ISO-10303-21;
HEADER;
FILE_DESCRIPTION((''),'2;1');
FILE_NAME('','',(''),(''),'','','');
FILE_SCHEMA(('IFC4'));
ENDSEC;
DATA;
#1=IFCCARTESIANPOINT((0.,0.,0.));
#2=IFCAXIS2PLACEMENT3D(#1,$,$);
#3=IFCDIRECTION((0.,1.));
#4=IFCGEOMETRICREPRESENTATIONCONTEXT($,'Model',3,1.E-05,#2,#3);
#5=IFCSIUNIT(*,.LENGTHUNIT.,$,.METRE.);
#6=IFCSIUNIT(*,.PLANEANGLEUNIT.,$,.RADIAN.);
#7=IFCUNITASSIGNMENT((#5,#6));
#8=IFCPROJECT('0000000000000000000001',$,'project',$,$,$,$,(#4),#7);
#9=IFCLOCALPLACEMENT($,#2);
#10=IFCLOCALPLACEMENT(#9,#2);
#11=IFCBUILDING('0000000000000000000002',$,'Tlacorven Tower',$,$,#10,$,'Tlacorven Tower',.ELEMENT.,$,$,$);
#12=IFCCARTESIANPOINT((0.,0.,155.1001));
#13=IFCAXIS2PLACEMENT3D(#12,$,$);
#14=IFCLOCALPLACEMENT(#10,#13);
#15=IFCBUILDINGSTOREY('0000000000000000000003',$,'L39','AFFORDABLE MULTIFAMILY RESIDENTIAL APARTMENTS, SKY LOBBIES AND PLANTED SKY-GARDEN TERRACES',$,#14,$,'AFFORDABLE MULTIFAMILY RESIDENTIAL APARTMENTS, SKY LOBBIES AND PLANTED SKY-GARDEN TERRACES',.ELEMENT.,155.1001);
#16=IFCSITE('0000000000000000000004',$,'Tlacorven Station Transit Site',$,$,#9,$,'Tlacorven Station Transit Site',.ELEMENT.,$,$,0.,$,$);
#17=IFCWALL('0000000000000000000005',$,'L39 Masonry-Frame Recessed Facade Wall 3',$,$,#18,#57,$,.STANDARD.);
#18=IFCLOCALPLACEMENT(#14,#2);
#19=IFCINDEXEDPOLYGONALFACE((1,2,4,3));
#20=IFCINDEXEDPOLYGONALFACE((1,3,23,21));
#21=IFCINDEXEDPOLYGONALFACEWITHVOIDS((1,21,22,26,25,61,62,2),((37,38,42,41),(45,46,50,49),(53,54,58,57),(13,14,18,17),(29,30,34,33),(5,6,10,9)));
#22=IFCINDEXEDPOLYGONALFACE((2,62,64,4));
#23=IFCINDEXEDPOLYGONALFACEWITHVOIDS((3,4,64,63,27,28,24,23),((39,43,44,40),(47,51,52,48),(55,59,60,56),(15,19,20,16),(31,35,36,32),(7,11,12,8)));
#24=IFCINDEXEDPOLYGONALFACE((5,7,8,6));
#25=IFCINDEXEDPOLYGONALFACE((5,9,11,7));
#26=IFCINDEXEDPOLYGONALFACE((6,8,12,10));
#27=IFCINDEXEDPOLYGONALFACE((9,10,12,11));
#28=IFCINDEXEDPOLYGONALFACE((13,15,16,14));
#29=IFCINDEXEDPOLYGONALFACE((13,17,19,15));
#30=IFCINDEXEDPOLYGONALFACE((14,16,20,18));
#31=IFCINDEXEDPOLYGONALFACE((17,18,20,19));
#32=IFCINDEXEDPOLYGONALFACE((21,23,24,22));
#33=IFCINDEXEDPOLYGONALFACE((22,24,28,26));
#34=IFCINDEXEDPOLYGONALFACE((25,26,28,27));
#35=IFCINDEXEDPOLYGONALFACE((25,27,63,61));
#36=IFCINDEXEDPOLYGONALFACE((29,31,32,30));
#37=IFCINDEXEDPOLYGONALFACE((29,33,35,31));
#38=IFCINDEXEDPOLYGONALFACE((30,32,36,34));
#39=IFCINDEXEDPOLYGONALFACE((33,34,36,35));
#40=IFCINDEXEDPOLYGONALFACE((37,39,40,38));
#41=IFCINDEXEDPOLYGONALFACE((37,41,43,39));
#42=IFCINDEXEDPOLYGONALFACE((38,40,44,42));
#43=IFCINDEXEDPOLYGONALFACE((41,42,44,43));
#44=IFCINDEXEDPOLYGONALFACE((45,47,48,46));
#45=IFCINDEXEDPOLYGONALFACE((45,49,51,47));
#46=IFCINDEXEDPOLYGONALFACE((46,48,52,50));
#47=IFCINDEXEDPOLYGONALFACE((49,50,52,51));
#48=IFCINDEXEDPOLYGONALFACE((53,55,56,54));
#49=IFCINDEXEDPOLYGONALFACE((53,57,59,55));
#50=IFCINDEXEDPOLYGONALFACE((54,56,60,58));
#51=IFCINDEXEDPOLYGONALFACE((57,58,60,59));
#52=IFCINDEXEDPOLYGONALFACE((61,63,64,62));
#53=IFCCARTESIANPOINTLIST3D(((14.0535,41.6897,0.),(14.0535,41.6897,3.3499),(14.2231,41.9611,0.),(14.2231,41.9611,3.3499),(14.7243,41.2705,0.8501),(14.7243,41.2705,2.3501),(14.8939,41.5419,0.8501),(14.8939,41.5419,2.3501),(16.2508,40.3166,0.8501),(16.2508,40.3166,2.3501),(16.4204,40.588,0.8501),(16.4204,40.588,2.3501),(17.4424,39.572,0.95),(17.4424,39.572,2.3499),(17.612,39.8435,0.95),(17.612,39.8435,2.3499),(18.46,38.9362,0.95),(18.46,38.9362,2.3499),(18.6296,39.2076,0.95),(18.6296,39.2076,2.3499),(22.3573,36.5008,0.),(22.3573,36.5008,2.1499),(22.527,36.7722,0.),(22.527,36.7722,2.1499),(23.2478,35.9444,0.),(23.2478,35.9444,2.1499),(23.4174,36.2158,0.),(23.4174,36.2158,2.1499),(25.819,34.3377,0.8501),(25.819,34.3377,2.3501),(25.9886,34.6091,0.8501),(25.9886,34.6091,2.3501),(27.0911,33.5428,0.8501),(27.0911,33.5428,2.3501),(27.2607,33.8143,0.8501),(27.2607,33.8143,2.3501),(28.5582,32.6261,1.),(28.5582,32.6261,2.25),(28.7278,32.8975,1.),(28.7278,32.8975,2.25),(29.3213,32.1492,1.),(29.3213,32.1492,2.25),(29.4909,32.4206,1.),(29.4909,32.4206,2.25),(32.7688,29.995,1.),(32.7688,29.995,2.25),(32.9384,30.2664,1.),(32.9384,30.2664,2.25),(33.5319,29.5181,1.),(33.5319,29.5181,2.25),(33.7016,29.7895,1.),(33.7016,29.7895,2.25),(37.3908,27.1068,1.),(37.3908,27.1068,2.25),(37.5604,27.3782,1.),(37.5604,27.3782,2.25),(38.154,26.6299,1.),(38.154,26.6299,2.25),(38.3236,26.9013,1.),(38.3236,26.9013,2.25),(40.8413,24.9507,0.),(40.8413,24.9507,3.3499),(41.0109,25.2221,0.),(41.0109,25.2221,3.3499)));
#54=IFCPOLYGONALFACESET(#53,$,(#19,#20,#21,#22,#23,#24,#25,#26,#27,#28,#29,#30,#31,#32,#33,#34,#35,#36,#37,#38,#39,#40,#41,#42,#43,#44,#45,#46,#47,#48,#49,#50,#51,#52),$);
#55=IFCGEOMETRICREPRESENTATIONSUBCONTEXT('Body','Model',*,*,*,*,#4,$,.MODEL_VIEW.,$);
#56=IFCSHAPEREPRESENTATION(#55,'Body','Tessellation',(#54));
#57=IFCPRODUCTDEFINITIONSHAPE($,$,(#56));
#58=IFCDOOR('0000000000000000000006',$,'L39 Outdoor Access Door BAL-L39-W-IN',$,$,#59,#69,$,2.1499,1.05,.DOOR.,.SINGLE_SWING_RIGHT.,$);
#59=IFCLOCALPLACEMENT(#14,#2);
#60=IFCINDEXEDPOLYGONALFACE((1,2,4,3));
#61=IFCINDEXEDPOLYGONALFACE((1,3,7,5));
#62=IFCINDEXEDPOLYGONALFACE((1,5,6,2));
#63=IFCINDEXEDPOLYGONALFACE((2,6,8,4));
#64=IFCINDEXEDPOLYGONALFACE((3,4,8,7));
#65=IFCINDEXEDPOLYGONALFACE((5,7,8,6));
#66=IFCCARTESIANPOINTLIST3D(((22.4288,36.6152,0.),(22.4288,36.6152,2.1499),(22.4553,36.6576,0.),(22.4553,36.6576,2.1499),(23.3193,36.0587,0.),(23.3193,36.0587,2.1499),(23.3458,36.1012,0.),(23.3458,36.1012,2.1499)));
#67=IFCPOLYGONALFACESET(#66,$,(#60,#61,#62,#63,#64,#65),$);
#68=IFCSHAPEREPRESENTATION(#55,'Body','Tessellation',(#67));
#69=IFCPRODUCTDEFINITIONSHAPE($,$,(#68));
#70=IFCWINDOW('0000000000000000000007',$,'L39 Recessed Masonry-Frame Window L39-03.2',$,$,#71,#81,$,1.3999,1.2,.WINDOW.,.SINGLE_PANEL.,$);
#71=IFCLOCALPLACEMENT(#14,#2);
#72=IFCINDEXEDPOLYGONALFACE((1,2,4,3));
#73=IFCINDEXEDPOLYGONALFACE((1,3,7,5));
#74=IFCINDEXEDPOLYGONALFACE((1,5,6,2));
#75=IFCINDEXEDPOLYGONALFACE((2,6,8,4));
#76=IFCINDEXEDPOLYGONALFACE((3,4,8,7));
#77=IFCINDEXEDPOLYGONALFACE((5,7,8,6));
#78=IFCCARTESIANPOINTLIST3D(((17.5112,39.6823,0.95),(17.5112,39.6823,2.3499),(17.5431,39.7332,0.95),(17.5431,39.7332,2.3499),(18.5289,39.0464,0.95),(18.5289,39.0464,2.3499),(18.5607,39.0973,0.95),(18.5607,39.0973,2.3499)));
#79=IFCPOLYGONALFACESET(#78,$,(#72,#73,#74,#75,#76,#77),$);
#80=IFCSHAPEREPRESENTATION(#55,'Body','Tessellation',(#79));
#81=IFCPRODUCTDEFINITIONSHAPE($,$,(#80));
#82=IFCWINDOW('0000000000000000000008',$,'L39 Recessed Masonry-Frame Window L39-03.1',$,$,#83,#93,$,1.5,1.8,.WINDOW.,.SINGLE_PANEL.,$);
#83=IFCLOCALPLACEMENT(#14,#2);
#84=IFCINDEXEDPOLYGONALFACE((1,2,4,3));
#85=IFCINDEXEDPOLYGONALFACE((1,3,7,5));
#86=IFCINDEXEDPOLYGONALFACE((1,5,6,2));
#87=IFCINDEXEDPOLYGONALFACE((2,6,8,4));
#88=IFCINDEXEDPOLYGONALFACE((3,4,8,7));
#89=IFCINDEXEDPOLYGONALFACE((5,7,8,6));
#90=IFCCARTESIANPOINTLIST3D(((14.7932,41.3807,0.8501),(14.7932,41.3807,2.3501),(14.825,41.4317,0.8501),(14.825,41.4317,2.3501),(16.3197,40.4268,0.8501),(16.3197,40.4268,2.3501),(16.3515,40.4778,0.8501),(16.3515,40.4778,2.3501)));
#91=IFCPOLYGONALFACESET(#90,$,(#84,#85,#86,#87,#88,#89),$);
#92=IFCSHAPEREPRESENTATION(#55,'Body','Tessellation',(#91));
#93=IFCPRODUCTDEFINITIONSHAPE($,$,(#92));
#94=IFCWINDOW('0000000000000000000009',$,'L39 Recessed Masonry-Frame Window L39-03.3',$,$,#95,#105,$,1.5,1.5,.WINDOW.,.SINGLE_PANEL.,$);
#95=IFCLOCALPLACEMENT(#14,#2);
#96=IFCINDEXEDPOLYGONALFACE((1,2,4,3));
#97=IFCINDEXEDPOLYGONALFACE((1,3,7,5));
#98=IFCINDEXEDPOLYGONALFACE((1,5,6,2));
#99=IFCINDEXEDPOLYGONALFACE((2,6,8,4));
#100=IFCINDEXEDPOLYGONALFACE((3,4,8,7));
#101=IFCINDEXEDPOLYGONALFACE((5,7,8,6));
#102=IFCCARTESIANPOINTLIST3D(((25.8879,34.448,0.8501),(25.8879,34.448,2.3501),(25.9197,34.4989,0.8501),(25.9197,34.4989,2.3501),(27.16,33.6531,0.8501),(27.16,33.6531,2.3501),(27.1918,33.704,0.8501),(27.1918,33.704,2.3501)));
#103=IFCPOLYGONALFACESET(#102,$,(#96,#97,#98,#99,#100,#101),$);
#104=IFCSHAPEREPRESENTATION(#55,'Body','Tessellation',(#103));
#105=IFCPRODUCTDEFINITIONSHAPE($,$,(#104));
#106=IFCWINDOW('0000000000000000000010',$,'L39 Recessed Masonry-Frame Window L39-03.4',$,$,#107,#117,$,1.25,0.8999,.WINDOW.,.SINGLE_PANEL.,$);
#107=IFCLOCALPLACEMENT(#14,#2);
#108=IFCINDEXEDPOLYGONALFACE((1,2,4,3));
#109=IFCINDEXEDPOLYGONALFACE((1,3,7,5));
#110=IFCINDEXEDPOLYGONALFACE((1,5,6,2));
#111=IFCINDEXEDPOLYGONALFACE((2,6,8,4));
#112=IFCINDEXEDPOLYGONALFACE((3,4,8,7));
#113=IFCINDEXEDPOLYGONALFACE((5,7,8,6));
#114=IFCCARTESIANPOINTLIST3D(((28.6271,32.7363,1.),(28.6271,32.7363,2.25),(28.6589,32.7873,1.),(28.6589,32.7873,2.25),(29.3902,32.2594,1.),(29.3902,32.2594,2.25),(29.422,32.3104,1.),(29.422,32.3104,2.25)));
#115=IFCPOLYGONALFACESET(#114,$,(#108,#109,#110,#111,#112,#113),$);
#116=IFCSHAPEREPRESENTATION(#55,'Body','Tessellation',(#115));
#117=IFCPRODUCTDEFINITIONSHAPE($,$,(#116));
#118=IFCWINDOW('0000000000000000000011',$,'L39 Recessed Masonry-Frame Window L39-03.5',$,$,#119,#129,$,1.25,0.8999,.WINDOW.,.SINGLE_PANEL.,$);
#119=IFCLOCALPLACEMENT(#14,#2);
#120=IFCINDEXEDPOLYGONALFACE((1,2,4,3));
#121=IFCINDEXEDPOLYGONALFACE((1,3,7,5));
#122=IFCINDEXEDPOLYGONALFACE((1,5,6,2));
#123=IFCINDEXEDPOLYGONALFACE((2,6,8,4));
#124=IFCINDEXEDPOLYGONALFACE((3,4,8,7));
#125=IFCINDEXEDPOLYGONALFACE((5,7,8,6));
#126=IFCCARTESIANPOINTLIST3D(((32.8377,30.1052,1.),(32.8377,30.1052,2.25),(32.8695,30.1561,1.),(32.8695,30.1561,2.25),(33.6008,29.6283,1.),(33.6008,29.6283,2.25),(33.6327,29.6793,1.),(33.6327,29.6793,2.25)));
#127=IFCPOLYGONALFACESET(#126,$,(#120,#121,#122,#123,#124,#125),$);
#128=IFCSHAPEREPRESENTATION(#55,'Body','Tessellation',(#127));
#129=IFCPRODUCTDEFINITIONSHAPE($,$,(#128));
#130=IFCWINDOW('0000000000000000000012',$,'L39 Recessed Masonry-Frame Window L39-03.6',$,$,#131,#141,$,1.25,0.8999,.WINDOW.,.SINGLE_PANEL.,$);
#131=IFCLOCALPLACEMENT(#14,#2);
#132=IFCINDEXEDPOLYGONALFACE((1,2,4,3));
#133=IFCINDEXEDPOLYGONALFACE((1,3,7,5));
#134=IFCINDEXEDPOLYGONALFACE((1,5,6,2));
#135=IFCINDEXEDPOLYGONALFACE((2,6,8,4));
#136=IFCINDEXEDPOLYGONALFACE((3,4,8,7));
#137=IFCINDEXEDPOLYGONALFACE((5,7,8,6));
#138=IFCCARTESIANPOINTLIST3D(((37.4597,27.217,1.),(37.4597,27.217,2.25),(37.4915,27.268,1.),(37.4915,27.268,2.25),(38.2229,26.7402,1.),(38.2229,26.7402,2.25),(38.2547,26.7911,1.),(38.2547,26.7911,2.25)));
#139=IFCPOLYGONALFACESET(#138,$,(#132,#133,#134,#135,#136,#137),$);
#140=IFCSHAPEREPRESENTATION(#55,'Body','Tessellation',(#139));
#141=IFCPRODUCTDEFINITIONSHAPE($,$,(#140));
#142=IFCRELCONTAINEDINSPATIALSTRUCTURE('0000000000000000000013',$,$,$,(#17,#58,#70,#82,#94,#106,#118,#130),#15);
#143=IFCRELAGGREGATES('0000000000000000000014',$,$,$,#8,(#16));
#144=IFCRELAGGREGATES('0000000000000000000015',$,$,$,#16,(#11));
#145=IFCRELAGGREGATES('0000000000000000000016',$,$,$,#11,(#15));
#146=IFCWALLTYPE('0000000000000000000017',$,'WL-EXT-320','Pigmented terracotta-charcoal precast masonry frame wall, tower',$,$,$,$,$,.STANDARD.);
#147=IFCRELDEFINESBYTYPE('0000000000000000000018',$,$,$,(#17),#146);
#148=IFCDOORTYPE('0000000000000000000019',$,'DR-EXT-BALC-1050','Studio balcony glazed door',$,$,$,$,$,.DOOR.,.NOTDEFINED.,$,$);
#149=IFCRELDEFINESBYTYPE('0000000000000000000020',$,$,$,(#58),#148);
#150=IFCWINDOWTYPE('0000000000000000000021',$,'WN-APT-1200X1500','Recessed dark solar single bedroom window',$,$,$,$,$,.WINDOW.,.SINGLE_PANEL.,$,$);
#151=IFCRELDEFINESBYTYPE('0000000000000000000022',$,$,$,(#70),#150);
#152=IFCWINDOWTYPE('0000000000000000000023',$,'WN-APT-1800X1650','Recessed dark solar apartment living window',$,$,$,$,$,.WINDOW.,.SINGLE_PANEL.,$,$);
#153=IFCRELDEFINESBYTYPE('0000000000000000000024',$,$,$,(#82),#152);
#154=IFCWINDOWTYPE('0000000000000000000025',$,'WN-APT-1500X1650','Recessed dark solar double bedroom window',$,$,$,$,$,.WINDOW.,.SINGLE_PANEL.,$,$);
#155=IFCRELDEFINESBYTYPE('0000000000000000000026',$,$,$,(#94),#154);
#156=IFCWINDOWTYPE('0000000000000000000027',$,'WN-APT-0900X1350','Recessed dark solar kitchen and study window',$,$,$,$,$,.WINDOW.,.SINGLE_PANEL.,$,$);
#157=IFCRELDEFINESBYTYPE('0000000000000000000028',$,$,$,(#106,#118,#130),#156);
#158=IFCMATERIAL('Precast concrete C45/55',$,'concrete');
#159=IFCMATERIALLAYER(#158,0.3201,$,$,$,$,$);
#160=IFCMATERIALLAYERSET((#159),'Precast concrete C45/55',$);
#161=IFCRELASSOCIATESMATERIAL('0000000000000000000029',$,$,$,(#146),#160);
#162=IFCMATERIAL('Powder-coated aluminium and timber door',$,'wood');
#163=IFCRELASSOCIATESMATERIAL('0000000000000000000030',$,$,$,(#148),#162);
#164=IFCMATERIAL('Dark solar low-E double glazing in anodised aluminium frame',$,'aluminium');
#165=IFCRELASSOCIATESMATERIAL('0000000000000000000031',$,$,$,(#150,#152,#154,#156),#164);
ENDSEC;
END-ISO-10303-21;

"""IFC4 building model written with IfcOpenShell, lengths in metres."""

from ifc_helpers import new_model, si_unit, direction, frame, frame_2d, origin, place, context, subcontext, project, spatial, rectangle, extrude, source, transform, mapped, material, layer, layer_set, type_object, element, fill, save


model = new_model("IFC4")

# Units and contexts
model_context = context("Model", 3, precision=1e-05, world=origin(), true_north=direction((0.0, 1.0)))
body_context = subcontext(model_context, "Body", "Model", "MODEL_VIEW")
ifc_project = project(units=[si_unit("LENGTHUNIT", "METRE"), si_unit("PLANEANGLEUNIT", "RADIAN")], contexts=[model_context])

# Site, building, storey
site_placement = place(None, origin())
site = spatial("IfcSite", under=ifc_project, at=site_placement, Name="Tlacorven Station Transit Site", LongName="Tlacorven Station Transit Site", CompositionType="ELEMENT", RefElevation=0.0)
building_placement = place(site_placement, origin())
building = spatial("IfcBuilding", under=site, at=building_placement, Name="Tlacorven Tower", LongName="Tlacorven Tower", CompositionType="ELEMENT")
storey_placement = place(building_placement, frame((0.0, 0.0, 155.1001)))
storey = spatial("IfcBuildingStorey", under=building, at=storey_placement, Name="L39", Description="AFFORDABLE MULTIFAMILY RESIDENTIAL APARTMENTS, SKY LOBBIES AND PLANTED SKY-GARDEN TERRACES", LongName="AFFORDABLE MULTIFAMILY RESIDENTIAL APARTMENTS, SKY LOBBIES AND PLANTED SKY-GARDEN TERRACES", CompositionType="ELEMENT", Elevation=155.1001)

# Wall, openings, door, windows
ifc_material_1 = material(Name="Precast concrete C45/55", Category="concrete")
ifc_layer_1 = layer(ifc_material_1, 0.3201)
ifc_layer_set_1 = layer_set([ifc_layer_1], Name="Precast concrete C45/55")
wall_type_1 = type_object("IfcWallType", Name="WL-EXT-320", Description="Pigmented terracotta-charcoal precast masonry frame wall, tower", PredefinedType="STANDARD", material=ifc_layer_set_1)
wall_1_placement = place(storey_placement, frame((14.1382, 41.8254, 0.0), z_axis=(0.0, 0.0, 1.0), x_axis=(0.848046, -0.529922, 0.0)))
wall_1 = element("IfcWall", 1, at=wall_1_placement, inside=storey, type_object=wall_type_1, Name="L39 Masonry-Frame Recessed Facade Wall 3", PredefinedType="STANDARD", context=body_context, shape_type="SweptSolid", body=[
    extrude(rectangle(XDim=31.5876, YDim=0.3201, at=frame_2d((15.7939, 0.0))), origin(), (0.0, 0.0, 1.0), 3.3499),
])
opening_1_placement = place(wall_1_placement, frame((9.792, 0.0, 0.0)))
opening_1 = element("IfcOpeningElement", 2, at=opening_1_placement, cuts=wall_1, PredefinedType="OPENING", context=body_context, shape_type="SweptSolid", body=[
    extrude(rectangle(XDim=1.05, YDim=2.1499, at=frame_2d((0.5249, 1.075))), frame((0.0, 0.1699, 0.0), z_axis=(0.0, -1.0, 0.0), x_axis=(1.0, 0.0, 0.0)), (0.0, 0.0, 1.0), 0.3401),
])
opening_2_placement = place(wall_1_placement, frame((0.7913, 0.0, 0.8501)))
opening_2 = element("IfcOpeningElement", 3, at=opening_2_placement, cuts=wall_1, PredefinedType="OPENING", context=body_context, shape_type="SweptSolid", body=[
    extrude(rectangle(XDim=1.8, YDim=1.5, at=frame_2d((0.8999, 0.75))), frame((0.0, 0.1699, 0.0), z_axis=(0.0, -1.0, 0.0), x_axis=(1.0, 0.0, 0.0)), (0.0, 0.0, 1.0), 0.3401),
])
opening_3_placement = place(wall_1_placement, frame((3.9961, 0.0, 0.95)))
opening_3 = element("IfcOpeningElement", 4, at=opening_3_placement, cuts=wall_1, PredefinedType="OPENING", context=body_context, shape_type="SweptSolid", body=[
    extrude(rectangle(XDim=1.2, YDim=1.3999, at=frame_2d((0.6001, 0.7))), frame((0.0, 0.1699, 0.0), z_axis=(0.0, -1.0, 0.0), x_axis=(1.0, 0.0, 0.0)), (0.0, 0.0, 1.0), 0.3401),
])
opening_4_placement = place(wall_1_placement, frame((13.8738, 0.0, 0.8501)))
opening_4 = element("IfcOpeningElement", 5, at=opening_4_placement, cuts=wall_1, PredefinedType="OPENING", context=body_context, shape_type="SweptSolid", body=[
    extrude(rectangle(XDim=1.5, YDim=1.5, at=frame_2d((0.75, 0.75))), frame((0.0, 0.1699, 0.0), z_axis=(0.0, -1.0, 0.0), x_axis=(1.0, 0.0, 0.0)), (0.0, 0.0, 1.0), 0.3401),
])
opening_5_placement = place(wall_1_placement, frame((17.1038, 0.0, 1.0)))
opening_5 = element("IfcOpeningElement", 6, at=opening_5_placement, cuts=wall_1, PredefinedType="OPENING", context=body_context, shape_type="SweptSolid", body=[
    extrude(rectangle(XDim=0.8999, YDim=1.25, at=frame_2d((0.45, 0.625))), frame((0.0, 0.1699, 0.0), z_axis=(0.0, -1.0, 0.0), x_axis=(1.0, 0.0, 0.0)), (0.0, 0.0, 1.0), 0.3401),
])
opening_6_placement = place(wall_1_placement, frame((22.0688, 0.0, 1.0)))
opening_6 = element("IfcOpeningElement", 7, at=opening_6_placement, cuts=wall_1, PredefinedType="OPENING", context=body_context, shape_type="SweptSolid", body=[
    extrude(rectangle(XDim=0.8999, YDim=1.25, at=frame_2d((0.45, 0.625))), frame((0.0, 0.1699, 0.0), z_axis=(0.0, -1.0, 0.0), x_axis=(1.0, 0.0, 0.0)), (0.0, 0.0, 1.0), 0.3401),
])
opening_7_placement = place(wall_1_placement, frame((27.519, 0.0, 1.0)))
opening_7 = element("IfcOpeningElement", 8, at=opening_7_placement, cuts=wall_1, PredefinedType="OPENING", context=body_context, shape_type="SweptSolid", body=[
    extrude(rectangle(XDim=0.8999, YDim=1.25, at=frame_2d((0.45, 0.625))), frame((0.0, 0.1699, 0.0), z_axis=(0.0, -1.0, 0.0), x_axis=(1.0, 0.0, 0.0)), (0.0, 0.0, 1.0), 0.3401),
])
ifc_material_2 = material(Name="Powder-coated aluminium and timber door", Category="wood")
door_type_1 = type_object("IfcDoorType", Name="DR-EXT-BALC-1050", Description="Studio balcony glazed door", OperationType="NOTDEFINED", PredefinedType="DOOR", material=ifc_material_2)
shared_shape_1 = source(origin(), body_context, "Body", "SweptSolid", [
    extrude(rectangle(XDim=1.05, YDim=2.1499, at=frame_2d((0.5249, 1.075))), frame((0.0, 0.0249, 0.0), z_axis=(0.0, -1.0, 0.0), x_axis=(1.0, 0.0, 0.0)), (0.0, 0.0, 1.0), 0.05),
])
door_1_placement = place(opening_1_placement, origin())
door_1 = element("IfcDoor", 9, at=door_1_placement, inside=storey, type_object=door_type_1, Name="L39 Outdoor Access Door BAL-L39-W-IN", OperationType="SINGLE_SWING_RIGHT", OverallHeight=2.1499, OverallWidth=1.05, PredefinedType="DOOR", context=body_context, shape_type="MappedRepresentation", body=[
    mapped(shared_shape_1, transform((0.0, 0.0, 0.0), scale=1.0)),
])
fill(opening_1, door_1)
ifc_material_3 = material(Name="Dark solar low-E double glazing in anodised aluminium frame", Category="aluminium")
window_type_1 = type_object("IfcWindowType", Name="WN-APT-1200X1500", Description="Recessed dark solar single bedroom window", PartitioningType="SINGLE_PANEL", PredefinedType="WINDOW", material=ifc_material_3)
shared_shape_2 = source(origin(), body_context, "Body", "SweptSolid", [
    extrude(rectangle(XDim=1.2, YDim=1.3999, at=frame_2d((0.6001, 0.7))), frame((0.0, 0.03, 0.0), z_axis=(0.0, -1.0, 0.0), x_axis=(1.0, 0.0, 0.0)), (0.0, 0.0, 1.0), 0.0601),
])
window_1_placement = place(opening_3_placement, origin())
window_1 = element("IfcWindow", 10, at=window_1_placement, inside=storey, type_object=window_type_1, Name="L39 Recessed Masonry-Frame Window L39-03.2", OverallHeight=1.3999, OverallWidth=1.2, PartitioningType="SINGLE_PANEL", PredefinedType="WINDOW", context=body_context, shape_type="MappedRepresentation", body=[
    mapped(shared_shape_2, transform((0.0, 0.0, 0.0), scale=1.0)),
])
fill(opening_3, window_1)
window_type_2 = type_object("IfcWindowType", Name="WN-APT-1800X1650", Description="Recessed dark solar apartment living window", PartitioningType="SINGLE_PANEL", PredefinedType="WINDOW", material=ifc_material_3)
shared_shape_3 = source(origin(), body_context, "Body", "SweptSolid", [
    extrude(rectangle(XDim=1.8, YDim=1.5, at=frame_2d((0.8999, 0.75))), frame((0.0, 0.03, 0.0), z_axis=(0.0, -1.0, 0.0), x_axis=(1.0, 0.0, 0.0)), (0.0, 0.0, 1.0), 0.0601),
])
window_2_placement = place(opening_2_placement, origin())
window_2 = element("IfcWindow", 11, at=window_2_placement, inside=storey, type_object=window_type_2, Name="L39 Recessed Masonry-Frame Window L39-03.1", OverallHeight=1.5, OverallWidth=1.8, PartitioningType="SINGLE_PANEL", PredefinedType="WINDOW", context=body_context, shape_type="MappedRepresentation", body=[
    mapped(shared_shape_3, transform((0.0, 0.0, 0.0), scale=1.0)),
])
fill(opening_2, window_2)
window_type_3 = type_object("IfcWindowType", Name="WN-APT-1500X1650", Description="Recessed dark solar double bedroom window", PartitioningType="SINGLE_PANEL", PredefinedType="WINDOW", material=ifc_material_3)
shared_shape_4 = source(origin(), body_context, "Body", "SweptSolid", [
    extrude(rectangle(XDim=1.5, YDim=1.5, at=frame_2d((0.75, 0.75))), frame((0.0, 0.03, 0.0), z_axis=(0.0, -1.0, 0.0), x_axis=(1.0, 0.0, 0.0)), (0.0, 0.0, 1.0), 0.0601),
])
window_3_placement = place(opening_4_placement, origin())
window_3 = element("IfcWindow", 12, at=window_3_placement, inside=storey, type_object=window_type_3, Name="L39 Recessed Masonry-Frame Window L39-03.3", OverallHeight=1.5, OverallWidth=1.5, PartitioningType="SINGLE_PANEL", PredefinedType="WINDOW", context=body_context, shape_type="MappedRepresentation", body=[
    mapped(shared_shape_4, transform((0.0, 0.0, 0.0), scale=1.0)),
])
fill(opening_4, window_3)
window_type_4 = type_object("IfcWindowType", Name="WN-APT-0900X1350", Description="Recessed dark solar kitchen and study window", PartitioningType="SINGLE_PANEL", PredefinedType="WINDOW", material=ifc_material_3)
shared_shape_5 = source(origin(), body_context, "Body", "SweptSolid", [
    extrude(rectangle(XDim=0.8999, YDim=1.25, at=frame_2d((0.45, 0.625))), frame((0.0, 0.03, 0.0), z_axis=(0.0, -1.0, 0.0), x_axis=(1.0, 0.0, 0.0)), (0.0, 0.0, 1.0), 0.0601),
])
window_4_placement = place(opening_5_placement, origin())
window_4 = element("IfcWindow", 13, at=window_4_placement, inside=storey, type_object=window_type_4, Name="L39 Recessed Masonry-Frame Window L39-03.4", OverallHeight=1.25, OverallWidth=0.8999, PartitioningType="SINGLE_PANEL", PredefinedType="WINDOW", context=body_context, shape_type="MappedRepresentation", body=[
    mapped(shared_shape_5, transform((0.0, 0.0, 0.0), scale=1.0)),
])
fill(opening_5, window_4)
window_5_placement = place(opening_6_placement, origin())
window_5 = element("IfcWindow", 14, at=window_5_placement, inside=storey, type_object=window_type_4, Name="L39 Recessed Masonry-Frame Window L39-03.5", OverallHeight=1.25, OverallWidth=0.8999, PartitioningType="SINGLE_PANEL", PredefinedType="WINDOW", context=body_context, shape_type="MappedRepresentation", body=[
    mapped(shared_shape_5, transform((0.0, 0.0, 0.0), scale=1.0)),
])
fill(opening_6, window_5)
window_6_placement = place(opening_7_placement, origin())
window_6 = element("IfcWindow", 15, at=window_6_placement, inside=storey, type_object=window_type_4, Name="L39 Recessed Masonry-Frame Window L39-03.6", OverallHeight=1.25, OverallWidth=0.8999, PartitioningType="SINGLE_PANEL", PredefinedType="WINDOW", context=body_context, shape_type="MappedRepresentation", body=[
    mapped(shared_shape_5, transform((0.0, 0.0, 0.0), scale=1.0)),
])
fill(opening_7, window_6)

save(model, "model.ifc")
